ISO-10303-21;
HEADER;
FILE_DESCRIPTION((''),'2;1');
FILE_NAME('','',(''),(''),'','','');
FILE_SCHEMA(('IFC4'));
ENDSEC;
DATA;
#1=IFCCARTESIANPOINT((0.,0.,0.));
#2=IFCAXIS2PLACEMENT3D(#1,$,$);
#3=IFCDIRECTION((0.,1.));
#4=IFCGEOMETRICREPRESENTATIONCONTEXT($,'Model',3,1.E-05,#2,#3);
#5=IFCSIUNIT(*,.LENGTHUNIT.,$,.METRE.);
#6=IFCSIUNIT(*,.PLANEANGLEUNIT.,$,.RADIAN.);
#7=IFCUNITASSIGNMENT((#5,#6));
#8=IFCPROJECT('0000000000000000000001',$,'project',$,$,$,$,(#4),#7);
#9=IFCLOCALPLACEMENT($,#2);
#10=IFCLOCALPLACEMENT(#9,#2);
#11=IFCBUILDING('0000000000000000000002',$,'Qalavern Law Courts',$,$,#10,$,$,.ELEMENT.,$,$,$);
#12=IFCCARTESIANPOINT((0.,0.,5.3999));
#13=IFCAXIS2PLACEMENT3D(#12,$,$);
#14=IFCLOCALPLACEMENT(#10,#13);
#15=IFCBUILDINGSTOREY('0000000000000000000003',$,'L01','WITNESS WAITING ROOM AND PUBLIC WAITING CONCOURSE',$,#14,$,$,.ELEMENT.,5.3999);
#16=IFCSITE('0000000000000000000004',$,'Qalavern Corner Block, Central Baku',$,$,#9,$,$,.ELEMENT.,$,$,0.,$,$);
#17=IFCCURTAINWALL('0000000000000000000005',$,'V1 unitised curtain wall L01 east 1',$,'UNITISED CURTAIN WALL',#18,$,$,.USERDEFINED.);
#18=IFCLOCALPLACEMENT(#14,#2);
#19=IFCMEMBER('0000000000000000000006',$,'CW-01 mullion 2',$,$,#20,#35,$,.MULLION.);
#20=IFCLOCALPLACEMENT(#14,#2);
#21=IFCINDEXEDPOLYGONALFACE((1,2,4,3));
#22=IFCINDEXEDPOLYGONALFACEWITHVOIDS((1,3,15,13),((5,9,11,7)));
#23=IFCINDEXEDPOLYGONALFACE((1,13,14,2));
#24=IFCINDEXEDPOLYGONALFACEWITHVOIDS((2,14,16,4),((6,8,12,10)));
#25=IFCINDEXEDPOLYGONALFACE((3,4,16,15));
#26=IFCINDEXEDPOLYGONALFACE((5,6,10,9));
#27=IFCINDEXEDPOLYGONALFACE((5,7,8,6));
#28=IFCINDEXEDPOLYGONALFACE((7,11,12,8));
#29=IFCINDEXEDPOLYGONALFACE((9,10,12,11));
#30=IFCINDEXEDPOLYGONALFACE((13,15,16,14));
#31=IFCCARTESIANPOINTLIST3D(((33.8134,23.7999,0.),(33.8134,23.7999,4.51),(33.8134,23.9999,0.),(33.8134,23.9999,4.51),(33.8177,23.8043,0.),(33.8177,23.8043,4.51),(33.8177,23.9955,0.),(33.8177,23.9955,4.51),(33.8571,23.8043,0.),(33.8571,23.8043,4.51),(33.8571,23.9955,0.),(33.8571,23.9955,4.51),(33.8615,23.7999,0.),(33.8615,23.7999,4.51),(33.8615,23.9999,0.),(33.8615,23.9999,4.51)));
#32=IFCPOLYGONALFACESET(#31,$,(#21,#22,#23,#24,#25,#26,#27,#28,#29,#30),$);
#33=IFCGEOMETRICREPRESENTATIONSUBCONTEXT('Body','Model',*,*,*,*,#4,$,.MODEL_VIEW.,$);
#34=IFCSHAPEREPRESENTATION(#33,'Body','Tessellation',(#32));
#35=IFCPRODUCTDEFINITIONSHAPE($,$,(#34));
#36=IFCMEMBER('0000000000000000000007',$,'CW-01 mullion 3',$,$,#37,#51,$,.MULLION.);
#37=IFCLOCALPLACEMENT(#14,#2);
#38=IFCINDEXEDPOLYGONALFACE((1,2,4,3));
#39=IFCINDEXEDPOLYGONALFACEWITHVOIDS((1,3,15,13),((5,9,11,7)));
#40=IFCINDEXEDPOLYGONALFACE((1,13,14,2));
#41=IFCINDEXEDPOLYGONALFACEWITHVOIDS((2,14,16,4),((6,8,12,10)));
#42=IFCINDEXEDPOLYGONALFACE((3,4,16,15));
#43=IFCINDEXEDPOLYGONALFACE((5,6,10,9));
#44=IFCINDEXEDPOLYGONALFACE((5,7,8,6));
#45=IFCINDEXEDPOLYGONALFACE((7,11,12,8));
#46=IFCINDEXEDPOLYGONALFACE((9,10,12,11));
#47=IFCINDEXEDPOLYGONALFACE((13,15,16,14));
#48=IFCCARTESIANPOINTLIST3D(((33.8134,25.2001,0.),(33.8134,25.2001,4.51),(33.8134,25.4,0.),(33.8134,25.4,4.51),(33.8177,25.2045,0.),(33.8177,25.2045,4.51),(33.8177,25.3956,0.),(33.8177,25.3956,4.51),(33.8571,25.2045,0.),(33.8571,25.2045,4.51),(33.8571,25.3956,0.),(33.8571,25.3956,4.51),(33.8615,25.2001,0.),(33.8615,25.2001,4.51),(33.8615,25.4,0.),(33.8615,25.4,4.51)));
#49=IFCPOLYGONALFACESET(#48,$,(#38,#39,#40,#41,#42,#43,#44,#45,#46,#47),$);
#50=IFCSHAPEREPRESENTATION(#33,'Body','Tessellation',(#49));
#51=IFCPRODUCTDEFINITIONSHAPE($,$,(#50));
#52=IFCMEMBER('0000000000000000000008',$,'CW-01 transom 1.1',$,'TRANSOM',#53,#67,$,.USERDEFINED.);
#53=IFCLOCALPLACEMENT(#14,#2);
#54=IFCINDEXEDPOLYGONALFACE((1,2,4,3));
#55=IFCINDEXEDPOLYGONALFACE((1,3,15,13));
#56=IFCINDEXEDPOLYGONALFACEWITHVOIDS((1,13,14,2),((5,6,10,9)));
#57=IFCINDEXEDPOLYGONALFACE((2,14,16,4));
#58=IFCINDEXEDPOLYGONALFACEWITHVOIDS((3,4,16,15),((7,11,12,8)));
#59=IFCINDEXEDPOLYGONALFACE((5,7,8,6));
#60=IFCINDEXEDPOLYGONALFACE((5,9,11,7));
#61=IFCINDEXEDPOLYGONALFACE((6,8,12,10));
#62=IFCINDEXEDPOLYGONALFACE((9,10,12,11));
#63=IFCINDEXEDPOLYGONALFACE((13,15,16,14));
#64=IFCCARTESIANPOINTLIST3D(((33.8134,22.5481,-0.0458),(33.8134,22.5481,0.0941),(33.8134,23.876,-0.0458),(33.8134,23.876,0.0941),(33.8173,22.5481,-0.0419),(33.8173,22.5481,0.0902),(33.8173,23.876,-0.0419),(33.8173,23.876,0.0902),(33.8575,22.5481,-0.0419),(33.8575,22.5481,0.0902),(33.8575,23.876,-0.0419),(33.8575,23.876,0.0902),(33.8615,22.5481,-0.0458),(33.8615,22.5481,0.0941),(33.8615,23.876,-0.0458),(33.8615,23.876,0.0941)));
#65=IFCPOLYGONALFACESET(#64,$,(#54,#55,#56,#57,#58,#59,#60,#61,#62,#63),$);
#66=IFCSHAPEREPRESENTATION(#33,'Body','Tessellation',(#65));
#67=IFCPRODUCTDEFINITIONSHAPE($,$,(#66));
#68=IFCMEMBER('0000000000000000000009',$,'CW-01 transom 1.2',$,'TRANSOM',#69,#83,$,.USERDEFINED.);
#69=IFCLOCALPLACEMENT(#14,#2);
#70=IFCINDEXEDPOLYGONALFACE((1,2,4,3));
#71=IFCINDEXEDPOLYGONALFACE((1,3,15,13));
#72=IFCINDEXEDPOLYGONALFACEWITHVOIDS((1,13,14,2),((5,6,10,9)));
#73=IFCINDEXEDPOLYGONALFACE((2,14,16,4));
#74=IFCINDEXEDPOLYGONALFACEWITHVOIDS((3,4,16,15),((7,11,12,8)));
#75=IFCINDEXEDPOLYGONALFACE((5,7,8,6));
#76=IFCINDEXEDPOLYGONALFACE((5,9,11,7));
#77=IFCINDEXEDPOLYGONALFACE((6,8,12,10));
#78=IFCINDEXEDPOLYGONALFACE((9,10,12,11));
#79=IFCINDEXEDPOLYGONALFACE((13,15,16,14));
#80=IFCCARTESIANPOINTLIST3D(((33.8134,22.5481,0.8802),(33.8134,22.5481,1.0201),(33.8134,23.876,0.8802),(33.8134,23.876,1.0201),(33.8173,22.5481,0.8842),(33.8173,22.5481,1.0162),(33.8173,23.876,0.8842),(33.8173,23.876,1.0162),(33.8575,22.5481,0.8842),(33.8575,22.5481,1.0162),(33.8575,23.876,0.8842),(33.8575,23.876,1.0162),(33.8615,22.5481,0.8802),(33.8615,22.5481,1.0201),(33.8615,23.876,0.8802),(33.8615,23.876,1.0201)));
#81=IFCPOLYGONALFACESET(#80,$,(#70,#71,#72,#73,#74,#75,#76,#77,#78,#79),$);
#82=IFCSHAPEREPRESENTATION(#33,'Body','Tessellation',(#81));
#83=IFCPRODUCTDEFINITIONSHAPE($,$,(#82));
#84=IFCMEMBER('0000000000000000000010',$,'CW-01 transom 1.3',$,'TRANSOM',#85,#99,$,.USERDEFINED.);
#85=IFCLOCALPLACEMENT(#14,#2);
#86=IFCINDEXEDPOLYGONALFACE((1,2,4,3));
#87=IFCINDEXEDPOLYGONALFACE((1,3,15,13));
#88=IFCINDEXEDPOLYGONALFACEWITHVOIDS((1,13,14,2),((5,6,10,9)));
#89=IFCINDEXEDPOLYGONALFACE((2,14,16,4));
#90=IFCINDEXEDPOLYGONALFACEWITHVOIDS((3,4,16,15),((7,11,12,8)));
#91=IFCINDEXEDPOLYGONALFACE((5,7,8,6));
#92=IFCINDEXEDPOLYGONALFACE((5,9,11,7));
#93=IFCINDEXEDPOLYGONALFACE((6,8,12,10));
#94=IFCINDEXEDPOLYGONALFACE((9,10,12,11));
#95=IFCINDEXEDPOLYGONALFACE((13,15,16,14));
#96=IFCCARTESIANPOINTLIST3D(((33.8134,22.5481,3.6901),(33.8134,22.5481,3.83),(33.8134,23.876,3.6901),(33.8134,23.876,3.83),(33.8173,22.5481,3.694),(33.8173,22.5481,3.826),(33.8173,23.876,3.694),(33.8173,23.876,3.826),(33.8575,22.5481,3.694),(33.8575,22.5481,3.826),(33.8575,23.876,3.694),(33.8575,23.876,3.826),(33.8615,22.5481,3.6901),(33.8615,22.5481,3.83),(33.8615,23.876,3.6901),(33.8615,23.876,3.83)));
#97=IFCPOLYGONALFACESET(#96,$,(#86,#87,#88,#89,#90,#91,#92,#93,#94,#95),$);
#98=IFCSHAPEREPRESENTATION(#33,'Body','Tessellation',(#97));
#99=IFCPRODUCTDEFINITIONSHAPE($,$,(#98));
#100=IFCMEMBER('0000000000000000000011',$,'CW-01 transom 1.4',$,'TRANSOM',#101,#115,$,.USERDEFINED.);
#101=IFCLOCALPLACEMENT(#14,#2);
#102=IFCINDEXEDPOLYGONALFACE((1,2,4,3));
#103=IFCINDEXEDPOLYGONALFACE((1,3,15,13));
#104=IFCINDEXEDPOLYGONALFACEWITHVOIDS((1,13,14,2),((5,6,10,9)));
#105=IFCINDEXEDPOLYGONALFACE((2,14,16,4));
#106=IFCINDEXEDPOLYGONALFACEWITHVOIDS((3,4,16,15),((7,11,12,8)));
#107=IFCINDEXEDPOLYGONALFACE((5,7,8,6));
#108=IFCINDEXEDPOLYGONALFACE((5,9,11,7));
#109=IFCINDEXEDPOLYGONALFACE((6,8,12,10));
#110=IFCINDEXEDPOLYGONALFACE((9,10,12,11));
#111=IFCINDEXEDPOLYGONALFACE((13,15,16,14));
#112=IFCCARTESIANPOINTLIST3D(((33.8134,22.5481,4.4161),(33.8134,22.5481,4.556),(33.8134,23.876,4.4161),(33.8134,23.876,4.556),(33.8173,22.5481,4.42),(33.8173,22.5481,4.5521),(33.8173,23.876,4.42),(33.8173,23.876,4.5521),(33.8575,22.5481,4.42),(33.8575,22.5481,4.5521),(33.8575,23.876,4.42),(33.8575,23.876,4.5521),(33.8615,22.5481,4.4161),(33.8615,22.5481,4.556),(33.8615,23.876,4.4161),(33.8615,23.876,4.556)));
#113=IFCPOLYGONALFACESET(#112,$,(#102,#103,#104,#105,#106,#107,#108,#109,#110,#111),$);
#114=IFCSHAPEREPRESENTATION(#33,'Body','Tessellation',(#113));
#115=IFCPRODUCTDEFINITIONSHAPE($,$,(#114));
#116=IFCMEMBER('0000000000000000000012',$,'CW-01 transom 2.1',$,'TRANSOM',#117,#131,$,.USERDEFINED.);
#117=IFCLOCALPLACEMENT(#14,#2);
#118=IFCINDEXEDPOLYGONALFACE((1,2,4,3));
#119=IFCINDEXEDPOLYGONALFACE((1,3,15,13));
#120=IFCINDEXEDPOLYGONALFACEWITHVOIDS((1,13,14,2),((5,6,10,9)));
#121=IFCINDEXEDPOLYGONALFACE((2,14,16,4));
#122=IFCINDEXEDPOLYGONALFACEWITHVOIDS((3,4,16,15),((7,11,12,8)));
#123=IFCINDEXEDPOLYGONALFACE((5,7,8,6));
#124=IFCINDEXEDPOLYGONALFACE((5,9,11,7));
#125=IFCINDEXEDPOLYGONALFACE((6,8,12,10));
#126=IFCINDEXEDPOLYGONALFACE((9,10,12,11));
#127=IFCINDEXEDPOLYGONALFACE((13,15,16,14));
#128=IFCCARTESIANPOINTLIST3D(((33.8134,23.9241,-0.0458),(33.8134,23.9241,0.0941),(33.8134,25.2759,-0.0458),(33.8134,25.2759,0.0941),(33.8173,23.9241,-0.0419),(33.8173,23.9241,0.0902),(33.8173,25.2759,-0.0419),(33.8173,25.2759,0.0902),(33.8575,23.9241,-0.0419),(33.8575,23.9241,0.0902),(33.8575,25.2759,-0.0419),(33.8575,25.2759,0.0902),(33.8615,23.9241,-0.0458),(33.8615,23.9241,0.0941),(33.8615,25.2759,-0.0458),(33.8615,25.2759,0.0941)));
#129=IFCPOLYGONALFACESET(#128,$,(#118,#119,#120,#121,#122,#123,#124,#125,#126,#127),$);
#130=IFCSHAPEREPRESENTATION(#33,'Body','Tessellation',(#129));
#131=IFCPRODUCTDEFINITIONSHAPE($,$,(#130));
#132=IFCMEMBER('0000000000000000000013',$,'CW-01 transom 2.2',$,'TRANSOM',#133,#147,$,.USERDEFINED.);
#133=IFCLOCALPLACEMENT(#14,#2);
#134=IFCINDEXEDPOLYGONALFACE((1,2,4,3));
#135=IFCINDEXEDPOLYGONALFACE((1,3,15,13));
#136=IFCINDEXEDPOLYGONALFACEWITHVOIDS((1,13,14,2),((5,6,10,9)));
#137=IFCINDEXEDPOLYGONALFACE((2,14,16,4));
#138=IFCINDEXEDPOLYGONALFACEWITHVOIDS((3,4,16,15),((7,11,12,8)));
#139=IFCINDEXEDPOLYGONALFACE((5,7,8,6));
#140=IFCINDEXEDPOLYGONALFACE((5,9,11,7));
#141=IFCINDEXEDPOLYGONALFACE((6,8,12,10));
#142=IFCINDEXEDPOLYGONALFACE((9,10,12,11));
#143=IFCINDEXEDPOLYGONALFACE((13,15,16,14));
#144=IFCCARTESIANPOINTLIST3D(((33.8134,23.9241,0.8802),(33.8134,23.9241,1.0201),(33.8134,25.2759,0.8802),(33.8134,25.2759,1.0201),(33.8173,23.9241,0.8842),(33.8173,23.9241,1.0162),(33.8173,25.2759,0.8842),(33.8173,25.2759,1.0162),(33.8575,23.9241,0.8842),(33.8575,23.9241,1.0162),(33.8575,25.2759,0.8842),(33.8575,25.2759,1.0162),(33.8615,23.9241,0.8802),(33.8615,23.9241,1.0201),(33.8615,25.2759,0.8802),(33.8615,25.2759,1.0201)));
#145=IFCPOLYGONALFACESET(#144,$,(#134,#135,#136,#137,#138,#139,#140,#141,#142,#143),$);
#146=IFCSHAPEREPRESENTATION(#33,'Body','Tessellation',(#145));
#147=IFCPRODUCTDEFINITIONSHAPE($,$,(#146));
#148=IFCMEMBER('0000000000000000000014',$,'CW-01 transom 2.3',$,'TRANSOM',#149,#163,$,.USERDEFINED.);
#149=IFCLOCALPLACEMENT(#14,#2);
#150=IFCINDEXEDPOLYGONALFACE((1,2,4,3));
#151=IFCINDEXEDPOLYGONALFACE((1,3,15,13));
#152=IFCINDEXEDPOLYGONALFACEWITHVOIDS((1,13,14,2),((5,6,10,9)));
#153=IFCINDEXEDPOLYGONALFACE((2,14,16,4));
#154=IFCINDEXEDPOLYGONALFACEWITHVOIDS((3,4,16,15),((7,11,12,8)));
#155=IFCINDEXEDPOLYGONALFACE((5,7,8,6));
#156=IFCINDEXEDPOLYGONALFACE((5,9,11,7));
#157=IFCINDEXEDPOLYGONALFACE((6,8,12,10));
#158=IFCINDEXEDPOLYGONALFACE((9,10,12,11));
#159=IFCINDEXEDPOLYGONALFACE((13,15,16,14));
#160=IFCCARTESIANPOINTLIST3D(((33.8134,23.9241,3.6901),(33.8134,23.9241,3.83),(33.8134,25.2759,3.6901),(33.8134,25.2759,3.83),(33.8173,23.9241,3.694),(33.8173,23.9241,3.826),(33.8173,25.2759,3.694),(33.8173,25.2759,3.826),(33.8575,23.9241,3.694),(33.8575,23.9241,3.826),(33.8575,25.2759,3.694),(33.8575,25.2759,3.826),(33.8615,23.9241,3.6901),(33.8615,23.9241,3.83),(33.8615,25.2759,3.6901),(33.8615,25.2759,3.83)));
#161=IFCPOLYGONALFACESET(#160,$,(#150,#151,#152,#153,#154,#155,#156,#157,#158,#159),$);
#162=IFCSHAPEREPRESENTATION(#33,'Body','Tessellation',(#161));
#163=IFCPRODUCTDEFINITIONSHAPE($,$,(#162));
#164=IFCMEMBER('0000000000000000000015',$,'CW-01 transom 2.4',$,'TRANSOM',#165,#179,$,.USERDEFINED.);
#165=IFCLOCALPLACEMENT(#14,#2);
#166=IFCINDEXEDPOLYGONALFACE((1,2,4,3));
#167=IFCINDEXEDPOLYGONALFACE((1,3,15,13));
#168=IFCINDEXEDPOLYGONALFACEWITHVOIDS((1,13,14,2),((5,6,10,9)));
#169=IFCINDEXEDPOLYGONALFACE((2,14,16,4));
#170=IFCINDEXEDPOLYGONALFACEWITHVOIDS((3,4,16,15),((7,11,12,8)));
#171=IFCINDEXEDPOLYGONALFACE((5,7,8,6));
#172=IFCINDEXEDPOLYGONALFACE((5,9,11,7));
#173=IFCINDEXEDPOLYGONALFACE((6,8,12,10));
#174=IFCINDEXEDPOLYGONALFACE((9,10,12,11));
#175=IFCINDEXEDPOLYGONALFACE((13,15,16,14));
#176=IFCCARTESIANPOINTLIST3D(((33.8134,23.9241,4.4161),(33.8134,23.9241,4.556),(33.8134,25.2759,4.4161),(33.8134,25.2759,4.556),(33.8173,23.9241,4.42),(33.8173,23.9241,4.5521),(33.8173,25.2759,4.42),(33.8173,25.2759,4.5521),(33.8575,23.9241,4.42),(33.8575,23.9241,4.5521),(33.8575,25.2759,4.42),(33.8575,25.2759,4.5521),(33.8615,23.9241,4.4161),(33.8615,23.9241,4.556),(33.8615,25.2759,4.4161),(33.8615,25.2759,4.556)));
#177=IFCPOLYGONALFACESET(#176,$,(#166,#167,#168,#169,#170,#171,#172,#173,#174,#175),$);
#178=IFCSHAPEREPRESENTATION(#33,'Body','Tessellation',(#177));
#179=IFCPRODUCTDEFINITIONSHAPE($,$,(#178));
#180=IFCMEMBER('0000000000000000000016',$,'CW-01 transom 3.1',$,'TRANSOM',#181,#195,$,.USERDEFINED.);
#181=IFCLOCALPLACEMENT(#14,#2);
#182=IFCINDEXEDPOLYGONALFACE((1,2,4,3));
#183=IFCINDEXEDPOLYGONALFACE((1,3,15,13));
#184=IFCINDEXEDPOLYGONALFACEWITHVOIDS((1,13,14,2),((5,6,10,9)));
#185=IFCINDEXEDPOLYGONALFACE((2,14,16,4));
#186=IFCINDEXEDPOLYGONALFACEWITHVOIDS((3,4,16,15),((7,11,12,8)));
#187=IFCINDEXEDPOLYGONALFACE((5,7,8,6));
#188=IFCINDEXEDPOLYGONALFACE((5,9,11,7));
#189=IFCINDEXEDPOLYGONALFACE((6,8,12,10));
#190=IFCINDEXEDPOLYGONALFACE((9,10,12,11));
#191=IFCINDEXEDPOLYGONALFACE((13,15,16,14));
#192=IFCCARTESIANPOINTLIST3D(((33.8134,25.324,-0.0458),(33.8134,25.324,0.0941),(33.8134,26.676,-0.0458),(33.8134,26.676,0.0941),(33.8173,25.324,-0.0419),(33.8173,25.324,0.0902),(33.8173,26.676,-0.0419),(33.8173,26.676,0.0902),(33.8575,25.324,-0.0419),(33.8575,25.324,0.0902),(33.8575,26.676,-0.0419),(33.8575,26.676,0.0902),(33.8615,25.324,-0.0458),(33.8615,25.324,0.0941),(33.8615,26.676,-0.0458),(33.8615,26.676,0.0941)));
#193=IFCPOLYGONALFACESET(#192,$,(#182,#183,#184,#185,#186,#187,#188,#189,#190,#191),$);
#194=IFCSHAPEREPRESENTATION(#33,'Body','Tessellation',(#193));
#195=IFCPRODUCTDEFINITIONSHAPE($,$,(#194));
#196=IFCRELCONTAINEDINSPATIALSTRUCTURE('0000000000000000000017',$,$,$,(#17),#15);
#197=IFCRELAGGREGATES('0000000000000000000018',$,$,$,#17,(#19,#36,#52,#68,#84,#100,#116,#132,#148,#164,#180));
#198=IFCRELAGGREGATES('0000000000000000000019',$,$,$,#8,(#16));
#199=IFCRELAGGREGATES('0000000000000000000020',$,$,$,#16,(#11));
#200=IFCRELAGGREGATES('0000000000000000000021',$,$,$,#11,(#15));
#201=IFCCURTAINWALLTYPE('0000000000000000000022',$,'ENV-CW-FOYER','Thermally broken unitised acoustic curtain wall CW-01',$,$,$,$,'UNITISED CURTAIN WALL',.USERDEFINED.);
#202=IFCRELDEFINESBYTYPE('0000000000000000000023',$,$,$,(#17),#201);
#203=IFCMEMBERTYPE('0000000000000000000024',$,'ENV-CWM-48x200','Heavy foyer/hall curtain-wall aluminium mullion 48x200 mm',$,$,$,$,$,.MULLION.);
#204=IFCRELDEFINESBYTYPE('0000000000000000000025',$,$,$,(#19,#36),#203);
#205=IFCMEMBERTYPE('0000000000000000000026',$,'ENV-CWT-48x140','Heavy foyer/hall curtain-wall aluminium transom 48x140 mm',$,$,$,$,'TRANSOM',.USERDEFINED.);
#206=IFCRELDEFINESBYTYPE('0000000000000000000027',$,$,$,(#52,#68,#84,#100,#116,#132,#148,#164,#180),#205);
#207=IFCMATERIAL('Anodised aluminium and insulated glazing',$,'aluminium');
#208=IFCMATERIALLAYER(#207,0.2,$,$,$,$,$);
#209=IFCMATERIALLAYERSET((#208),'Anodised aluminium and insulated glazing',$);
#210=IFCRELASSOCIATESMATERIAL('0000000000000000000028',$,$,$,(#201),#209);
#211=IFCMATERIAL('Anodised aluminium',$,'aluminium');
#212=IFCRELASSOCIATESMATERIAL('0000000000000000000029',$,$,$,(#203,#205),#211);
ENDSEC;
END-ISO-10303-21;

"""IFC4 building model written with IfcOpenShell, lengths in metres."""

from ifc_helpers import new_model, si_unit, direction, frame, origin, origin_2d, place, context, subcontext, project, spatial, hollow_rectangle, extrude, material, layer, layer_set, material_profile, profile_set, type_object, element, aggregate, save


model = new_model("IFC4")

# Units and contexts
model_context = context("Model", 3, precision=1e-05, world=origin(), true_north=direction((0.0, 1.0)))
body_context = subcontext(model_context, "Body", "Model", "MODEL_VIEW")
ifc_project = project(units=[si_unit("LENGTHUNIT", "METRE"), si_unit("PLANEANGLEUNIT", "RADIAN")], contexts=[model_context])

# Site, building, storey
site_placement = place(None, origin())
site = spatial("IfcSite", under=ifc_project, at=site_placement, Name="Qalavern Corner Block, Central Baku", CompositionType="ELEMENT", RefElevation=0.0)
building_placement = place(site_placement, origin())
building = spatial("IfcBuilding", under=site, at=building_placement, Name="Qalavern Law Courts", CompositionType="ELEMENT")
storey_placement = place(building_placement, frame((0.0, 0.0, 5.3999)))
storey = spatial("IfcBuildingStorey", under=building, at=storey_placement, Name="L01", Description="WITNESS WAITING ROOM AND PUBLIC WAITING CONCOURSE", CompositionType="ELEMENT", Elevation=5.3999)

# Curtain wall, members
ifc_material_1 = material(Name="Anodised aluminium and insulated glazing", Category="aluminium")
ifc_layer_1 = layer(ifc_material_1, 0.2)
ifc_layer_set_1 = layer_set([ifc_layer_1], Name="Anodised aluminium and insulated glazing")
curtain_wall_type = type_object("IfcCurtainWallType", Name="ENV-CW-FOYER", Description="Thermally broken unitised acoustic curtain wall CW-01", ElementType="UNITISED CURTAIN WALL", PredefinedType="USERDEFINED", material=ifc_layer_set_1)
curtain_wall_placement = place(storey_placement, origin())
curtain_wall = element("IfcCurtainWall", 1, at=curtain_wall_placement, inside=storey, type_object=curtain_wall_type, Name="V1 unitised curtain wall L01 east 1", ObjectType="UNITISED CURTAIN WALL", PredefinedType="USERDEFINED")
ifc_material_2 = material(Name="Anodised aluminium", Category="aluminium")
ifc_material_profile_1 = material_profile(ifc_material_2, hollow_rectangle(XDim=0.0481, YDim=0.2, WallThickness=0.0044, at=origin_2d()), Name="ALU MULLION 48x200")
ifc_profile_set_1 = profile_set([ifc_material_profile_1], Name="Anodised aluminium")
member_type_1 = type_object("IfcMemberType", Name="ENV-CWM-48x200", Description="Heavy foyer/hall curtain-wall aluminium mullion 48x200 mm", PredefinedType="MULLION", material=ifc_profile_set_1)
member_1_placement = place(storey_placement, frame((33.8374, 23.8999, 0.0), z_axis=(0.0, 0.0, 1.0), x_axis=(-1.0, 0.0, 0.0)))
member_1 = element("IfcMember", 2, at=member_1_placement, type_object=member_type_1, Name="CW-01 mullion 2", PredefinedType="MULLION", context=body_context, shape_type="SweptSolid", body=[
    extrude(hollow_rectangle(XDim=0.0481, YDim=0.2, WallThickness=0.0044, at=origin_2d()), origin(), (0.0, 0.0, 1.0), 4.51),
])
member_2_placement = place(storey_placement, frame((33.8374, 25.3, 0.0), z_axis=(0.0, 0.0, 1.0), x_axis=(-1.0, 0.0, 0.0)))
member_2 = element("IfcMember", 3, at=member_2_placement, type_object=member_type_1, Name="CW-01 mullion 3", PredefinedType="MULLION", context=body_context, shape_type="SweptSolid", body=[
    extrude(hollow_rectangle(XDim=0.0481, YDim=0.2, WallThickness=0.0044, at=origin_2d()), origin(), (0.0, 0.0, 1.0), 4.51),
])
ifc_material_profile_2 = material_profile(ifc_material_2, hollow_rectangle(XDim=0.0481, YDim=0.1399, WallThickness=0.0039, at=origin_2d()), Name="ALU TRANSOM 48x140")
ifc_profile_set_2 = profile_set([ifc_material_profile_2], Name="Anodised aluminium")
member_type_2 = type_object("IfcMemberType", Name="ENV-CWT-48x140", Description="Heavy foyer/hall curtain-wall aluminium transom 48x140 mm", ElementType="TRANSOM", PredefinedType="USERDEFINED", material=ifc_profile_set_2)
member_3_placement = place(storey_placement, frame((33.8374, 22.5481, 0.0242), z_axis=(0.0, 1.0, 0.0), x_axis=(-1.0, 0.0, 0.0)))
member_3 = element("IfcMember", 4, at=member_3_placement, type_object=member_type_2, Name="CW-01 transom 1.1", ObjectType="TRANSOM", PredefinedType="USERDEFINED", context=body_context, shape_type="SweptSolid", body=[
    extrude(hollow_rectangle(XDim=0.0481, YDim=0.1399, WallThickness=0.0039, at=origin_2d()), origin(), (0.0, 0.0, 1.0), 1.3279),
])
member_4_placement = place(storey_placement, frame((33.8374, 22.5481, 0.9502), z_axis=(0.0, 1.0, 0.0), x_axis=(-1.0, 0.0, 0.0)))
member_4 = element("IfcMember", 5, at=member_4_placement, type_object=member_type_2, Name="CW-01 transom 1.2", ObjectType="TRANSOM", PredefinedType="USERDEFINED", context=body_context, shape_type="SweptSolid", body=[
    extrude(hollow_rectangle(XDim=0.0481, YDim=0.1399, WallThickness=0.0039, at=origin_2d()), origin(), (0.0, 0.0, 1.0), 1.3279),
])
member_5_placement = place(storey_placement, frame((33.8374, 22.5481, 3.76), z_axis=(0.0, 1.0, 0.0), x_axis=(-1.0, 0.0, 0.0)))
member_5 = element("IfcMember", 6, at=member_5_placement, type_object=member_type_2, Name="CW-01 transom 1.3", ObjectType="TRANSOM", PredefinedType="USERDEFINED", context=body_context, shape_type="SweptSolid", body=[
    extrude(hollow_rectangle(XDim=0.0481, YDim=0.1399, WallThickness=0.0039, at=origin_2d()), origin(), (0.0, 0.0, 1.0), 1.3279),
])
member_6_placement = place(storey_placement, frame((33.8374, 22.5481, 4.4861), z_axis=(0.0, 1.0, 0.0), x_axis=(-1.0, 0.0, 0.0)))
member_6 = element("IfcMember", 7, at=member_6_placement, type_object=member_type_2, Name="CW-01 transom 1.4", ObjectType="TRANSOM", PredefinedType="USERDEFINED", context=body_context, shape_type="SweptSolid", body=[
    extrude(hollow_rectangle(XDim=0.0481, YDim=0.1399, WallThickness=0.0039, at=origin_2d()), origin(), (0.0, 0.0, 1.0), 1.3279),
])
member_7_placement = place(storey_placement, frame((33.8374, 23.9241, 0.0242), z_axis=(0.0, 1.0, 0.0), x_axis=(-1.0, 0.0, 0.0)))
member_7 = element("IfcMember", 8, at=member_7_placement, type_object=member_type_2, Name="CW-01 transom 2.1", ObjectType="TRANSOM", PredefinedType="USERDEFINED", context=body_context, shape_type="SweptSolid", body=[
    extrude(hollow_rectangle(XDim=0.0481, YDim=0.1399, WallThickness=0.0039, at=origin_2d()), origin(), (0.0, 0.0, 1.0), 1.3518),
])
member_8_placement = place(storey_placement, frame((33.8374, 23.9241, 0.9502), z_axis=(0.0, 1.0, 0.0), x_axis=(-1.0, 0.0, 0.0)))
member_8 = element("IfcMember", 9, at=member_8_placement, type_object=member_type_2, Name="CW-01 transom 2.2", ObjectType="TRANSOM", PredefinedType="USERDEFINED", context=body_context, shape_type="SweptSolid", body=[
    extrude(hollow_rectangle(XDim=0.0481, YDim=0.1399, WallThickness=0.0039, at=origin_2d()), origin(), (0.0, 0.0, 1.0), 1.3518),
])
member_9_placement = place(storey_placement, frame((33.8374, 23.9241, 3.76), z_axis=(0.0, 1.0, 0.0), x_axis=(-1.0, 0.0, 0.0)))
member_9 = element("IfcMember", 10, at=member_9_placement, type_object=member_type_2, Name="CW-01 transom 2.3", ObjectType="TRANSOM", PredefinedType="USERDEFINED", context=body_context, shape_type="SweptSolid", body=[
    extrude(hollow_rectangle(XDim=0.0481, YDim=0.1399, WallThickness=0.0039, at=origin_2d()), origin(), (0.0, 0.0, 1.0), 1.3518),
])
member_10_placement = place(storey_placement, frame((33.8374, 23.9241, 4.4861), z_axis=(0.0, 1.0, 0.0), x_axis=(-1.0, 0.0, 0.0)))
member_10 = element("IfcMember", 11, at=member_10_placement, type_object=member_type_2, Name="CW-01 transom 2.4", ObjectType="TRANSOM", PredefinedType="USERDEFINED", context=body_context, shape_type="SweptSolid", body=[
    extrude(hollow_rectangle(XDim=0.0481, YDim=0.1399, WallThickness=0.0039, at=origin_2d()), origin(), (0.0, 0.0, 1.0), 1.3518),
])
member_11_placement = place(storey_placement, frame((33.8374, 25.324, 0.0242), z_axis=(0.0, 1.0, 0.0), x_axis=(-1.0, 0.0, 0.0)))
member_11 = element("IfcMember", 12, at=member_11_placement, type_object=member_type_2, Name="CW-01 transom 3.1", ObjectType="TRANSOM", PredefinedType="USERDEFINED", context=body_context, shape_type="SweptSolid", body=[
    extrude(hollow_rectangle(XDim=0.0481, YDim=0.1399, WallThickness=0.0039, at=origin_2d()), origin(), (0.0, 0.0, 1.0), 1.3521),
])

aggregate(curtain_wall, [member_1, member_2, member_3, member_4, member_5, member_6, member_7, member_8, member_9, member_10, member_11])

save(model, "model.ifc")
